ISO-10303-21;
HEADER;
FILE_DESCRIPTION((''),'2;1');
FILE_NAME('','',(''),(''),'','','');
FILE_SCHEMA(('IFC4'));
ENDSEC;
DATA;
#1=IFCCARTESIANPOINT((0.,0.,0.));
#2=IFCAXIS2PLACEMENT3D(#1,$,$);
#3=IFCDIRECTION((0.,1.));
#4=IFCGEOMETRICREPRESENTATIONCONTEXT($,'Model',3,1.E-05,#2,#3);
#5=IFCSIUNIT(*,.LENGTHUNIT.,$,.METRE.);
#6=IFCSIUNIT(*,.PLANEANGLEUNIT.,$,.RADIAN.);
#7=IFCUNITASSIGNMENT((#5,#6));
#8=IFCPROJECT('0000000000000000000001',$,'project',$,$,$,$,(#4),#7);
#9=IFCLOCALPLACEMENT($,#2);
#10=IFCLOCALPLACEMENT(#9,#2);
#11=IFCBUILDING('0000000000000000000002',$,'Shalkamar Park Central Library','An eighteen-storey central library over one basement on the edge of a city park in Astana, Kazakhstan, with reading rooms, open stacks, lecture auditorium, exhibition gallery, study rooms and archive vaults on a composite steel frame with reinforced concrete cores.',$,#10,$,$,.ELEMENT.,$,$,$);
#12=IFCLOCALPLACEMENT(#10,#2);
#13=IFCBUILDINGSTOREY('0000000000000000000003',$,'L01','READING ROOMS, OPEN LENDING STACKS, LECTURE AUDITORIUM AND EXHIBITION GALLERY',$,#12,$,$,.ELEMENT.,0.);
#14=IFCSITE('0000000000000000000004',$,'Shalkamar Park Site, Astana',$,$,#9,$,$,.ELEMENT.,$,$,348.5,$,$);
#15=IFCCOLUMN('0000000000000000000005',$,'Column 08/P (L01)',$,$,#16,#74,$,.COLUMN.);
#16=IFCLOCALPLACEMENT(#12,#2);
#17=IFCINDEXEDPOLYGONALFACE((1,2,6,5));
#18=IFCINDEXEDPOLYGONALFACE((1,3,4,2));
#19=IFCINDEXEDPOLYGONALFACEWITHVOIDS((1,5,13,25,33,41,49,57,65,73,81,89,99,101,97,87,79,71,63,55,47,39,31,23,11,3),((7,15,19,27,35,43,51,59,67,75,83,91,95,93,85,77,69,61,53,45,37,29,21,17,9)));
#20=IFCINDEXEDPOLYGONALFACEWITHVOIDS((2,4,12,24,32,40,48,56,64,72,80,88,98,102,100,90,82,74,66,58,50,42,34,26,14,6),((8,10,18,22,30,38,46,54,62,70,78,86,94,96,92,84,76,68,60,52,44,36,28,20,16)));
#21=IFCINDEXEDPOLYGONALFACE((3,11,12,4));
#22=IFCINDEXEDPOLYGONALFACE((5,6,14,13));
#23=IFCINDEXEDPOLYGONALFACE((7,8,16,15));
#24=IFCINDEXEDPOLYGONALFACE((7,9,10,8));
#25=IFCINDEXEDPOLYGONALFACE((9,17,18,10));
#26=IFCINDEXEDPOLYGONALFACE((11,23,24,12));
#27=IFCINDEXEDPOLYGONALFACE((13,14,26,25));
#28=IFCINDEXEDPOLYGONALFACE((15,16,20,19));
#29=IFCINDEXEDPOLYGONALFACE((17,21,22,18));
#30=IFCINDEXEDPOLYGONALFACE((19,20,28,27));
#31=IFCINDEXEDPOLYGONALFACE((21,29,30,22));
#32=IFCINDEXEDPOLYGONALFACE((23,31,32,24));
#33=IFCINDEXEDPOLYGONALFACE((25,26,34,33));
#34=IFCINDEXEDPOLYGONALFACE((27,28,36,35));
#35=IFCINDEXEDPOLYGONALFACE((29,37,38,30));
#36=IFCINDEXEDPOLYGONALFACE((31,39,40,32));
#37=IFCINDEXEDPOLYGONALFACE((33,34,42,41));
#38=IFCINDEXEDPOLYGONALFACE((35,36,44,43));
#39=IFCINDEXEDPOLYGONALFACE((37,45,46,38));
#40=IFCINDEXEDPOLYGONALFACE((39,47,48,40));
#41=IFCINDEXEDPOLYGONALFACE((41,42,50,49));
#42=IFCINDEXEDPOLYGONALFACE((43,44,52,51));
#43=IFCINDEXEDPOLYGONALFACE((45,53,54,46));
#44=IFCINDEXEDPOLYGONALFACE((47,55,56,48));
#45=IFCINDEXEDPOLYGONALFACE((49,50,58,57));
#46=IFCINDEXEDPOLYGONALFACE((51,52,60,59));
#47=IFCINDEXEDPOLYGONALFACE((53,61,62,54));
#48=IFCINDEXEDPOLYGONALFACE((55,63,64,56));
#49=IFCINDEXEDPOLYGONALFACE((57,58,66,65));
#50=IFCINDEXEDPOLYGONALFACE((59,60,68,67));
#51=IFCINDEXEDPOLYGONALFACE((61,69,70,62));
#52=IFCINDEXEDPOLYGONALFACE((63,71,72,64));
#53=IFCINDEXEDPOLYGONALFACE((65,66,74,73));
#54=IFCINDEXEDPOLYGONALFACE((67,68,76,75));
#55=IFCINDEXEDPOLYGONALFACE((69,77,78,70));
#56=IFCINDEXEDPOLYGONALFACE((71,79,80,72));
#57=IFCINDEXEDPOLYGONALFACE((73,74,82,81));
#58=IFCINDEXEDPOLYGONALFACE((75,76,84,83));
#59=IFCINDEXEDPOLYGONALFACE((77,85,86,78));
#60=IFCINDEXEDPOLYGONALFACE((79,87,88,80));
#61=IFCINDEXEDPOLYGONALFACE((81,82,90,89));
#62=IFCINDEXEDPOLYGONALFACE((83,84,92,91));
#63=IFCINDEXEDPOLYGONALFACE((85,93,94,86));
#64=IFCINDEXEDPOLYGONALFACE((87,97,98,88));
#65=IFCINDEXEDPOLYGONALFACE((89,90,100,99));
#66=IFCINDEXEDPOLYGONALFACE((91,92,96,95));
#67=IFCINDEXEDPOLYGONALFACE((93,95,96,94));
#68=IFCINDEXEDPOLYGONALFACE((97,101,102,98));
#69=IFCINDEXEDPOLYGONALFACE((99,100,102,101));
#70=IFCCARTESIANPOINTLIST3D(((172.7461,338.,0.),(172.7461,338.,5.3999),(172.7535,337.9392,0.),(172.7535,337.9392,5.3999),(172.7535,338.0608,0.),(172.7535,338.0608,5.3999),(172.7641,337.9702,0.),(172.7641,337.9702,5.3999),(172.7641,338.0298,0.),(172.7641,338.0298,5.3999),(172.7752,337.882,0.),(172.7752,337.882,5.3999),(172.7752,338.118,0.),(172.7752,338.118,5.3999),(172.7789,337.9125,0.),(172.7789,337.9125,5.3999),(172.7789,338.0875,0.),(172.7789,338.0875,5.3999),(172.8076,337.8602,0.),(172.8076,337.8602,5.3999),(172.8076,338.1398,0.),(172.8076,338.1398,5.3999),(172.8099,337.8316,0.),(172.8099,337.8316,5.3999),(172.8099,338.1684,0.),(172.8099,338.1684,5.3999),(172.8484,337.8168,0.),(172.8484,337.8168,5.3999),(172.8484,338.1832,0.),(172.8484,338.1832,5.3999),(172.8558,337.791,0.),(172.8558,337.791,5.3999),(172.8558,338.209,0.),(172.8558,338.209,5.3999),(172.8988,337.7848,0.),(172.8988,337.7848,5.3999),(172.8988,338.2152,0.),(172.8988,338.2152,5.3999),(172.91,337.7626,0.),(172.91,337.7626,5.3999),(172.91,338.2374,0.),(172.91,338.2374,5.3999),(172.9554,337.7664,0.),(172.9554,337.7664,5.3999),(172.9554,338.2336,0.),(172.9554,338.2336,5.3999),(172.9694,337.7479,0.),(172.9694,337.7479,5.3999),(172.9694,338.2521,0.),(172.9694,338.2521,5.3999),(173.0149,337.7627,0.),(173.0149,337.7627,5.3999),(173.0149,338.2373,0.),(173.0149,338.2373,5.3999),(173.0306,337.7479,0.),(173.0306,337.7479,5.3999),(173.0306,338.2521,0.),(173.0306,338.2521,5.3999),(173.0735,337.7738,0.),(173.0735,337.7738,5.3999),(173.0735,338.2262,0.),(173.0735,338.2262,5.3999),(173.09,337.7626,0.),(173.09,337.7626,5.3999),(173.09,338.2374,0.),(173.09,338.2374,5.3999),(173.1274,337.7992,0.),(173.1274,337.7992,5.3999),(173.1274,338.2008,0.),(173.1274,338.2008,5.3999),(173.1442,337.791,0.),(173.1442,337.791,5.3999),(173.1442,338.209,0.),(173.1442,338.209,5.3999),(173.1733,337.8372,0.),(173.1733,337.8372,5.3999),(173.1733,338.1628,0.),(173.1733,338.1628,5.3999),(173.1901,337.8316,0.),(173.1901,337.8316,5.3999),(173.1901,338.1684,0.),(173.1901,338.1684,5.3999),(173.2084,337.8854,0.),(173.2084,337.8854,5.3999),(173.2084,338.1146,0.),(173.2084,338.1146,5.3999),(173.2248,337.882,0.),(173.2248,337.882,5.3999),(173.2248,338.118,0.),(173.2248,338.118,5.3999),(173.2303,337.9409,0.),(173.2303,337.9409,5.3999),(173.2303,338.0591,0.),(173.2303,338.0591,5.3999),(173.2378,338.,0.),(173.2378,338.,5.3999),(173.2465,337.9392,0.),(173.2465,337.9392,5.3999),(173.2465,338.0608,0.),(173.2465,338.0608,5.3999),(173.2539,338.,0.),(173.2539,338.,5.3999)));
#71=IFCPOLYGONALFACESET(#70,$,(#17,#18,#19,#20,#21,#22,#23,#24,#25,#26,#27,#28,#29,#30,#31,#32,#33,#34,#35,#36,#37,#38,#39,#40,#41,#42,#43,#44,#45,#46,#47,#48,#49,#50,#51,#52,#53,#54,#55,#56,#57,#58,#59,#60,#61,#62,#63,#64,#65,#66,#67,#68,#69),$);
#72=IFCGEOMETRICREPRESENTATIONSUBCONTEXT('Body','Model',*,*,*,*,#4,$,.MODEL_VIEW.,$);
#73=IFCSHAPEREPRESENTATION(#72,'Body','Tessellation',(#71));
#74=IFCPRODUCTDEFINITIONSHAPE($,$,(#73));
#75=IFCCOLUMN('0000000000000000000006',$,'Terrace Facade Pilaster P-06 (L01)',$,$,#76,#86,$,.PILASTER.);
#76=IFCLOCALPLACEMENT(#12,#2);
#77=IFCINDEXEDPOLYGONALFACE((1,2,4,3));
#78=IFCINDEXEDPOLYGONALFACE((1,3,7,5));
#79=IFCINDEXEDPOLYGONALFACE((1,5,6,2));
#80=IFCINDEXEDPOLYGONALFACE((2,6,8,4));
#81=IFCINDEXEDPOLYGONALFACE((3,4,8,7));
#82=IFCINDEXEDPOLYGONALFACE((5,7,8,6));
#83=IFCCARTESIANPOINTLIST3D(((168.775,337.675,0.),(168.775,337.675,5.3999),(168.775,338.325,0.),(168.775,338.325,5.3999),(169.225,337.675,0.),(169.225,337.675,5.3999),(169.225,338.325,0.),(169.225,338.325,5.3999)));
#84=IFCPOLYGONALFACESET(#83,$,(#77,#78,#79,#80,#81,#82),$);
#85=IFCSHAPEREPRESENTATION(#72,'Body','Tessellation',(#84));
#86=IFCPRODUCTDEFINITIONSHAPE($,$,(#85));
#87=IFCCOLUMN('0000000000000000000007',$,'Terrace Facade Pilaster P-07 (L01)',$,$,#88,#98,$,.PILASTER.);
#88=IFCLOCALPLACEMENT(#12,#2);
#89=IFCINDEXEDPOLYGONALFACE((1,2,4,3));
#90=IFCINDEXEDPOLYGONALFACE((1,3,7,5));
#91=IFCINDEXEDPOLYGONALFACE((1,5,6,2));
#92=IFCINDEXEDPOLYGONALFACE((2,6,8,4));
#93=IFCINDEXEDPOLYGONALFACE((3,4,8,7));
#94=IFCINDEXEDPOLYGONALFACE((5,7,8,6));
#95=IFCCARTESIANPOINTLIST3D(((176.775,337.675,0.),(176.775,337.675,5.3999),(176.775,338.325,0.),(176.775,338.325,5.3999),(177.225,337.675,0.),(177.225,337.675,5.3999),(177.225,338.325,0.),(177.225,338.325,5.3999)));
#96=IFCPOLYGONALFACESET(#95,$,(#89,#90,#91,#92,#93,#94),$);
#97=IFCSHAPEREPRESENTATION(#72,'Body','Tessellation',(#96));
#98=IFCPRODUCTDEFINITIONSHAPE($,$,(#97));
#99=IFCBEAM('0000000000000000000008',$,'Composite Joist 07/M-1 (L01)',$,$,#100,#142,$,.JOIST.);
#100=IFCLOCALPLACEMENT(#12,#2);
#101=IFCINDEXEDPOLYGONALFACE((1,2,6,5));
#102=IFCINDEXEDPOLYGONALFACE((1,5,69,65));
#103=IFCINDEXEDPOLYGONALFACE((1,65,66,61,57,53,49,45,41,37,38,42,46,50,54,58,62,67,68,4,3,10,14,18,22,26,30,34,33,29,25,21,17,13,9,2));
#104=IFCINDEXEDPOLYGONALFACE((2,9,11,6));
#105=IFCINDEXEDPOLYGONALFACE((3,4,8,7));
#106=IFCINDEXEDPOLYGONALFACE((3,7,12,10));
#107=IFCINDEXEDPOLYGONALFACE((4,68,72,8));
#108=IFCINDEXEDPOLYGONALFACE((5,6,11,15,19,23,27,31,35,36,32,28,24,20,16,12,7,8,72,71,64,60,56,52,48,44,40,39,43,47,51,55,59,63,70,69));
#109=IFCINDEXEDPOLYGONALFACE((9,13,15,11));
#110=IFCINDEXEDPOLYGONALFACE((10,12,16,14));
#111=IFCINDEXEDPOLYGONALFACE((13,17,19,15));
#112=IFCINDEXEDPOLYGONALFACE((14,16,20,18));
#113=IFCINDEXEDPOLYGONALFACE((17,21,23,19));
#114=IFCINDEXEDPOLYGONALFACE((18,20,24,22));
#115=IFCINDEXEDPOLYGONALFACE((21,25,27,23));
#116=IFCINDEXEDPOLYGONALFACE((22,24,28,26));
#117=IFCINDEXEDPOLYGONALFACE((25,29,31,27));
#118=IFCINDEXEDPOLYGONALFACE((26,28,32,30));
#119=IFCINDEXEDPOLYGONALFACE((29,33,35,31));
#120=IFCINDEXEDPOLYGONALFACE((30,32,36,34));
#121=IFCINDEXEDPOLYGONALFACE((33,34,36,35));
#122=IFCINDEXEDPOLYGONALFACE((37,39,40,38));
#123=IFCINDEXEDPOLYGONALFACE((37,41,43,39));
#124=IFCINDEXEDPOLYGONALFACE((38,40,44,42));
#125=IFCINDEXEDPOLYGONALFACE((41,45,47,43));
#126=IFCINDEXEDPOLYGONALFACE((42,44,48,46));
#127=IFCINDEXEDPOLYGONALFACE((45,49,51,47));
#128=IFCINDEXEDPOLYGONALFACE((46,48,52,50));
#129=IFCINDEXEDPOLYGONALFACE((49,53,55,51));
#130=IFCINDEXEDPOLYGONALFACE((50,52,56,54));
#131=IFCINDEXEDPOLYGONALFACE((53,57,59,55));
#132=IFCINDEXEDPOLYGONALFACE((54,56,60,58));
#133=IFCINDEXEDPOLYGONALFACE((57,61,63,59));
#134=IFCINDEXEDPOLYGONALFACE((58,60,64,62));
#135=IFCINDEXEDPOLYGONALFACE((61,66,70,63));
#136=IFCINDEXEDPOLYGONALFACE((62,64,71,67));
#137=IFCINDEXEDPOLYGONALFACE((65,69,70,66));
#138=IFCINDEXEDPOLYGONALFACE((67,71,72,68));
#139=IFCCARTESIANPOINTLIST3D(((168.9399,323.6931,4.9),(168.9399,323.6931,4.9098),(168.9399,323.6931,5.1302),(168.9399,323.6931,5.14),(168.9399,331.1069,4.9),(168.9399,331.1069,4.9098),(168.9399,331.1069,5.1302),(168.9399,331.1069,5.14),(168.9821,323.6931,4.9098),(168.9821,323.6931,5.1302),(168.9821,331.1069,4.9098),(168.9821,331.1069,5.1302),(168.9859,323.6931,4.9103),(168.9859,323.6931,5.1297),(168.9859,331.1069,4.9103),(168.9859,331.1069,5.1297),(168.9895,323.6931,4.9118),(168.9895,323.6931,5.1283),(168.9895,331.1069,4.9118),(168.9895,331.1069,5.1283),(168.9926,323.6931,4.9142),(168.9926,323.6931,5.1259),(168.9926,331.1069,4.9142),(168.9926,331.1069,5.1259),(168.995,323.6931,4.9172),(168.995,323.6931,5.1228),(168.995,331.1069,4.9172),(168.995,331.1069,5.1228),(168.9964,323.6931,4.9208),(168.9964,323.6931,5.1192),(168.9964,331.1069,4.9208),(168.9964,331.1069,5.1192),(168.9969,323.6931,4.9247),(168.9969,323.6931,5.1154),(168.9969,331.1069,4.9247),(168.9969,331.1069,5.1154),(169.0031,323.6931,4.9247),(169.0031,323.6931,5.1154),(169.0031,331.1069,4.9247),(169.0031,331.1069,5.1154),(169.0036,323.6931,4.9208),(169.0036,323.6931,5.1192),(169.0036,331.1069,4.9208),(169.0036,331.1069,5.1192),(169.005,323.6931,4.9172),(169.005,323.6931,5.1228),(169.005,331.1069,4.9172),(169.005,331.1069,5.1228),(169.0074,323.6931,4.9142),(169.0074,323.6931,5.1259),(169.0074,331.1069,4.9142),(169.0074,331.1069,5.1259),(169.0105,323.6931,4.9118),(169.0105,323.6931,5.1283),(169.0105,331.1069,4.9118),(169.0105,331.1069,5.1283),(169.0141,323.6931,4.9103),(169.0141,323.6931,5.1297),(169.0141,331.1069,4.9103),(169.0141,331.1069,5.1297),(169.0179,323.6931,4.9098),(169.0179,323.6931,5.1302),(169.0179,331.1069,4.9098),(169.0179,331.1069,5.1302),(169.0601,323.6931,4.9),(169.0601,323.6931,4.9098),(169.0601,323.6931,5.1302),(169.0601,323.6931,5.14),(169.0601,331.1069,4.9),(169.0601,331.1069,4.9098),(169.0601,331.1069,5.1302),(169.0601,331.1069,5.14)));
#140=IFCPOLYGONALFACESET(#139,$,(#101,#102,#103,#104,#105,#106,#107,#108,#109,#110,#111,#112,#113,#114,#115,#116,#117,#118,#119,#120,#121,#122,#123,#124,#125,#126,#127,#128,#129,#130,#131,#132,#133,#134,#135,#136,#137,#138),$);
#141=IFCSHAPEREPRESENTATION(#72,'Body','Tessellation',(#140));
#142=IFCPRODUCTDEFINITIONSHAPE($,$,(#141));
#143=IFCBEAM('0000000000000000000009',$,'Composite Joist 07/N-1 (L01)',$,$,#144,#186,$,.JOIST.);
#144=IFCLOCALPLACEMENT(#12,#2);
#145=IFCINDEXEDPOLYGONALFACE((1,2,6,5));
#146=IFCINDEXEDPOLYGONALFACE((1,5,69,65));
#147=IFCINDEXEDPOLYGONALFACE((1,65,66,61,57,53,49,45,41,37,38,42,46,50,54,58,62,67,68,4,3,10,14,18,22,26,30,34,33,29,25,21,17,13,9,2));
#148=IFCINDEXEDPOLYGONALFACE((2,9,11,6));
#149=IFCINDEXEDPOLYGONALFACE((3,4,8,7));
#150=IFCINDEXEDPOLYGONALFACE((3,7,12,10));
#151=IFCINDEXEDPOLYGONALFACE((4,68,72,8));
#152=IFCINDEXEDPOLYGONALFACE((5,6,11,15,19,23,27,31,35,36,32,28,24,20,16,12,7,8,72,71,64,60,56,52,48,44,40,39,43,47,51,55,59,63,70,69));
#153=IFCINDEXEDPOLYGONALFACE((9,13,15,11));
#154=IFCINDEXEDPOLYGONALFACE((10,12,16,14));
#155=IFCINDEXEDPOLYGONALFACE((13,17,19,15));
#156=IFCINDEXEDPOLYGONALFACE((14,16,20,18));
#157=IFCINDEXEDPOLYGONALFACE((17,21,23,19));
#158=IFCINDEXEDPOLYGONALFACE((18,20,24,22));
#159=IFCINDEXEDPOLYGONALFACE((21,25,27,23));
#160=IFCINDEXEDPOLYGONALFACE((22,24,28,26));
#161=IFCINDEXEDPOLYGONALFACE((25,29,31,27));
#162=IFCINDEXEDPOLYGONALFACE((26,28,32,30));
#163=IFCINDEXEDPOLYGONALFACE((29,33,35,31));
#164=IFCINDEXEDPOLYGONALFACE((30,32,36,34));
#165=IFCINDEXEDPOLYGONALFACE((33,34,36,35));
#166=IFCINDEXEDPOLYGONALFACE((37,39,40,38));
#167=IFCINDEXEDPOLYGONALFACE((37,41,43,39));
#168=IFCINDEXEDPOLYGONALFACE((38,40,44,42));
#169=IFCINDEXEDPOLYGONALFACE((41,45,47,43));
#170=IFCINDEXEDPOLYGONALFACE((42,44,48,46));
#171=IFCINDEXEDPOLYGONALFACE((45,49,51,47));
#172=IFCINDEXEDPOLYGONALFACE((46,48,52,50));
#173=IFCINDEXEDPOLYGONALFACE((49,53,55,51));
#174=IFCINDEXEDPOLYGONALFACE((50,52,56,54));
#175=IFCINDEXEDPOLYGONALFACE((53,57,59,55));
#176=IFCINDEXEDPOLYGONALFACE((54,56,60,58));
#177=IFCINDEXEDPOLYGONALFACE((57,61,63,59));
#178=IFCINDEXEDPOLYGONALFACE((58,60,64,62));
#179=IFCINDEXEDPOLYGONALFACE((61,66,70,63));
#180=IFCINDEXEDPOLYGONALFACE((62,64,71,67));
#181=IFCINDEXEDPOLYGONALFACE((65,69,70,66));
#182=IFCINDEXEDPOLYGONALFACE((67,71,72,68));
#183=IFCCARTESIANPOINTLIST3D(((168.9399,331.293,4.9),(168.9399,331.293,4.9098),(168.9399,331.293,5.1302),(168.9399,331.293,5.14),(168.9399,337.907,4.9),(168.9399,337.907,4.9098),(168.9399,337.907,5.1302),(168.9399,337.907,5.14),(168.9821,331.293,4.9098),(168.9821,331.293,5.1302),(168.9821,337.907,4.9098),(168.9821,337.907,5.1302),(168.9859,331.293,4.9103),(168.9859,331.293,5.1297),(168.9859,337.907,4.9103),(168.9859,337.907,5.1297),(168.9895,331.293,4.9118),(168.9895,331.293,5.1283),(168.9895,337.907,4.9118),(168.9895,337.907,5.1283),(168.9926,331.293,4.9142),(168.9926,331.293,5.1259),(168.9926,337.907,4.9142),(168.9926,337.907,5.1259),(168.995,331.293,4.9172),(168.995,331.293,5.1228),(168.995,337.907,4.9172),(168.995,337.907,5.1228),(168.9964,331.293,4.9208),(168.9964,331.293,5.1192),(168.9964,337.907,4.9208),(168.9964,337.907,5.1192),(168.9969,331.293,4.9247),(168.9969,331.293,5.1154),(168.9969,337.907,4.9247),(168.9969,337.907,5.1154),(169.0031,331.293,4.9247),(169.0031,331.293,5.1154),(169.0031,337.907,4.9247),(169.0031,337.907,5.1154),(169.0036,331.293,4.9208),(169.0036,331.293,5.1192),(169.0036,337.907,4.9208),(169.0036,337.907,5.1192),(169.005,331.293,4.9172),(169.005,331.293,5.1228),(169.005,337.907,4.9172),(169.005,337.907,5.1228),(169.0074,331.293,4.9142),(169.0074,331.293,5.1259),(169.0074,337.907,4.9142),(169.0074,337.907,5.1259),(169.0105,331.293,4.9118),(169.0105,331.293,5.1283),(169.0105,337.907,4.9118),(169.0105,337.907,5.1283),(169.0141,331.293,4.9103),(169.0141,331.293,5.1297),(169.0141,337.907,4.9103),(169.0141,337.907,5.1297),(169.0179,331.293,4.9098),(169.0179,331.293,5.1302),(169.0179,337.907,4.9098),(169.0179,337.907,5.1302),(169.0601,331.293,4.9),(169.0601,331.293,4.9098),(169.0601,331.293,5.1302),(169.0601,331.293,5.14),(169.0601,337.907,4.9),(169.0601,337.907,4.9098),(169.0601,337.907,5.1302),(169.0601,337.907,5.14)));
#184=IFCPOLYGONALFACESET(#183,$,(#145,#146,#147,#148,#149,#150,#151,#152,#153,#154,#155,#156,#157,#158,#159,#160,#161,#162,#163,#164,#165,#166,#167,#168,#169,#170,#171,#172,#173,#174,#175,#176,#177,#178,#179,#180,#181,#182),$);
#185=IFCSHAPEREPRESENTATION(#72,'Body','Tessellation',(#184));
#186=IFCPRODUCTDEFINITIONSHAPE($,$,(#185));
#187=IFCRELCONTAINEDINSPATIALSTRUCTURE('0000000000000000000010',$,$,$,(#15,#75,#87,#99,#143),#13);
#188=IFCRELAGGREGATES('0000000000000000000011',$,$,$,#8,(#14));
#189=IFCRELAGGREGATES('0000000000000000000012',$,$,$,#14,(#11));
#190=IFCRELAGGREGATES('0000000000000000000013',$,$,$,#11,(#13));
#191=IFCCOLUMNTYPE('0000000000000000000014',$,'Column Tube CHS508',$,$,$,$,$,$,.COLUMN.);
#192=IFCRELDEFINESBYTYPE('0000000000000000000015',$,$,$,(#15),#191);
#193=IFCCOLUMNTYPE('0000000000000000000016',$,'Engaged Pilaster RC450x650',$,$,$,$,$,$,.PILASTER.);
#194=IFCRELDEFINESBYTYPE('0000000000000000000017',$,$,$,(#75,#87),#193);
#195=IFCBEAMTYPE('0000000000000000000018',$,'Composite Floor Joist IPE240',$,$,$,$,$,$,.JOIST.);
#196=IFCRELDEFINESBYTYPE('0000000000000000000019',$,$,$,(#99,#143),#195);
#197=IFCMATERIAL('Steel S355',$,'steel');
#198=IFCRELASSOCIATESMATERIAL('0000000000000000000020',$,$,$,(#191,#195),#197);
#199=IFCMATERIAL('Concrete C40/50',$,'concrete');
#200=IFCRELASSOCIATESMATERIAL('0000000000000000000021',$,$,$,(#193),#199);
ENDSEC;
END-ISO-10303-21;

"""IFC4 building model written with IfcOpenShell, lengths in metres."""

from ifc_helpers import new_model, si_unit, direction, frame, origin, origin_2d, place, context, subcontext, project, spatial, rectangle, hollow_circle, i_section, extrude, material, material_profile, profile_set, type_object, element, save


model = new_model("IFC4")

# Units and contexts
model_context = context("Model", 3, precision=1e-05, world=origin(), true_north=direction((0.0, 1.0)))
body_context = subcontext(model_context, "Body", "Model", "MODEL_VIEW")
ifc_project = project(units=[si_unit("LENGTHUNIT", "METRE"), si_unit("PLANEANGLEUNIT", "RADIAN")], contexts=[model_context])

# Site, building, storey
site_placement = place(None, origin())
site = spatial("IfcSite", under=ifc_project, at=site_placement, Name="Shalkamar Park Site, Astana", CompositionType="ELEMENT", RefElevation=348.5)
building_placement = place(site_placement, origin())
building = spatial("IfcBuilding", under=site, at=building_placement, Name="Shalkamar Park Central Library", Description="An eighteen-storey central library over one basement on the edge of a city park in Astana, Kazakhstan, with reading rooms, open stacks, lecture auditorium, exhibition gallery, study rooms and archive vaults on a composite steel frame with reinforced concrete cores.", CompositionType="ELEMENT")
storey_placement = place(building_placement, origin())
storey = spatial("IfcBuildingStorey", under=building, at=storey_placement, Name="L01", Description="READING ROOMS, OPEN LENDING STACKS, LECTURE AUDITORIUM AND EXHIBITION GALLERY", CompositionType="ELEMENT", Elevation=0.0)

# Columns
ifc_material_1 = material(Name="Steel S355", Category="steel")
ifc_material_profile_1 = material_profile(ifc_material_1, hollow_circle(Radius=0.2539, WallThickness=0.0161, at=origin_2d()), Name="CHS 508x16")
ifc_profile_set_1 = profile_set([ifc_material_profile_1], Name="Steel S355")
column_type_1 = type_object("IfcColumnType", Name="Column Tube CHS508", PredefinedType="COLUMN", material=ifc_profile_set_1)
for number, where, z_axis, x_axis, name in (
    (1, (173.0, 338.0, 0.0), (0.0, 0.0, 1.0), (1.0, 0.0, 0.0), "Column 08/P (L01)"),
):
    element("IfcColumn", number, at=place(storey_placement, frame(where, z_axis=z_axis, x_axis=x_axis)), inside=storey, type_object=column_type_1, Name=name, PredefinedType="COLUMN", context=body_context, shape_type="SweptSolid", body=[
        extrude(hollow_circle(Radius=0.2539, WallThickness=0.0161, at=origin_2d()), origin(), (0.0, 0.0, 1.0), 5.3999),
    ])
ifc_material_2 = material(Name="Concrete C40/50", Category="concrete")
ifc_material_profile_2 = material_profile(ifc_material_2, rectangle(XDim=0.45, YDim=0.6499, at=origin_2d()), Name="RC 450x650")
ifc_profile_set_2 = profile_set([ifc_material_profile_2], Name="Concrete C40/50")
column_type_2 = type_object("IfcColumnType", Name="Engaged Pilaster RC450x650", PredefinedType="PILASTER", material=ifc_profile_set_2)
for number, where, z_axis, x_axis, name in (
    (2, (169.0, 338.0, 0.0), (0.0, 0.0, 1.0), (1.0, 0.0, 0.0), "Terrace Facade Pilaster P-06 (L01)"),
    (3, (177.0, 338.0, 0.0), (0.0, 0.0, 1.0), (1.0, 0.0, 0.0), "Terrace Facade Pilaster P-07 (L01)"),
):
    element("IfcColumn", number, at=place(storey_placement, frame(where, z_axis=z_axis, x_axis=x_axis)), inside=storey, type_object=column_type_2, Name=name, PredefinedType="PILASTER", context=body_context, shape_type="SweptSolid", body=[
        extrude(rectangle(XDim=0.45, YDim=0.6499, at=origin_2d()), origin(), (0.0, 0.0, 1.0), 5.3999),
    ])

# Beams
ifc_material_profile_3 = material_profile(ifc_material_1, i_section(OverallWidth=0.1201, OverallDepth=0.24, WebThickness=0.0061, FlangeThickness=0.0098, FilletRadius=0.0149, at=origin_2d()), Name="IPE 240")
ifc_profile_set_3 = profile_set([ifc_material_profile_3], Name="Steel S355")
beam_type_1 = type_object("IfcBeamType", Name="Composite Floor Joist IPE240", PredefinedType="JOIST", material=ifc_profile_set_3)
beam_1_placement = place(storey_placement, frame((169.0, 323.6931, 5.02), z_axis=(0.0, 1.0, 0.0), x_axis=(-1.0, 0.0, 0.0)))
element("IfcBeam", 4, at=beam_1_placement, inside=storey, type_object=beam_type_1, Name="Composite Joist 07/M-1 (L01)", PredefinedType="JOIST", context=body_context, shape_type="SweptSolid", body=[
    extrude(i_section(OverallWidth=0.1201, OverallDepth=0.24, WebThickness=0.0061, FlangeThickness=0.0098, FilletRadius=0.0149, at=origin_2d()), origin(), (0.0, 0.0, 1.0), 7.4138),
])
beam_2_placement = place(storey_placement, frame((169.0, 331.293, 5.02), z_axis=(0.0, 1.0, 0.0), x_axis=(-1.0, 0.0, 0.0)))
element("IfcBeam", 5, at=beam_2_placement, inside=storey, type_object=beam_type_1, Name="Composite Joist 07/N-1 (L01)", PredefinedType="JOIST", context=body_context, shape_type="SweptSolid", body=[
    extrude(i_section(OverallWidth=0.1201, OverallDepth=0.24, WebThickness=0.0061, FlangeThickness=0.0098, FilletRadius=0.0149, at=origin_2d()), origin(), (0.0, 0.0, 1.0), 6.614),
])

save(model, "model.ifc")
